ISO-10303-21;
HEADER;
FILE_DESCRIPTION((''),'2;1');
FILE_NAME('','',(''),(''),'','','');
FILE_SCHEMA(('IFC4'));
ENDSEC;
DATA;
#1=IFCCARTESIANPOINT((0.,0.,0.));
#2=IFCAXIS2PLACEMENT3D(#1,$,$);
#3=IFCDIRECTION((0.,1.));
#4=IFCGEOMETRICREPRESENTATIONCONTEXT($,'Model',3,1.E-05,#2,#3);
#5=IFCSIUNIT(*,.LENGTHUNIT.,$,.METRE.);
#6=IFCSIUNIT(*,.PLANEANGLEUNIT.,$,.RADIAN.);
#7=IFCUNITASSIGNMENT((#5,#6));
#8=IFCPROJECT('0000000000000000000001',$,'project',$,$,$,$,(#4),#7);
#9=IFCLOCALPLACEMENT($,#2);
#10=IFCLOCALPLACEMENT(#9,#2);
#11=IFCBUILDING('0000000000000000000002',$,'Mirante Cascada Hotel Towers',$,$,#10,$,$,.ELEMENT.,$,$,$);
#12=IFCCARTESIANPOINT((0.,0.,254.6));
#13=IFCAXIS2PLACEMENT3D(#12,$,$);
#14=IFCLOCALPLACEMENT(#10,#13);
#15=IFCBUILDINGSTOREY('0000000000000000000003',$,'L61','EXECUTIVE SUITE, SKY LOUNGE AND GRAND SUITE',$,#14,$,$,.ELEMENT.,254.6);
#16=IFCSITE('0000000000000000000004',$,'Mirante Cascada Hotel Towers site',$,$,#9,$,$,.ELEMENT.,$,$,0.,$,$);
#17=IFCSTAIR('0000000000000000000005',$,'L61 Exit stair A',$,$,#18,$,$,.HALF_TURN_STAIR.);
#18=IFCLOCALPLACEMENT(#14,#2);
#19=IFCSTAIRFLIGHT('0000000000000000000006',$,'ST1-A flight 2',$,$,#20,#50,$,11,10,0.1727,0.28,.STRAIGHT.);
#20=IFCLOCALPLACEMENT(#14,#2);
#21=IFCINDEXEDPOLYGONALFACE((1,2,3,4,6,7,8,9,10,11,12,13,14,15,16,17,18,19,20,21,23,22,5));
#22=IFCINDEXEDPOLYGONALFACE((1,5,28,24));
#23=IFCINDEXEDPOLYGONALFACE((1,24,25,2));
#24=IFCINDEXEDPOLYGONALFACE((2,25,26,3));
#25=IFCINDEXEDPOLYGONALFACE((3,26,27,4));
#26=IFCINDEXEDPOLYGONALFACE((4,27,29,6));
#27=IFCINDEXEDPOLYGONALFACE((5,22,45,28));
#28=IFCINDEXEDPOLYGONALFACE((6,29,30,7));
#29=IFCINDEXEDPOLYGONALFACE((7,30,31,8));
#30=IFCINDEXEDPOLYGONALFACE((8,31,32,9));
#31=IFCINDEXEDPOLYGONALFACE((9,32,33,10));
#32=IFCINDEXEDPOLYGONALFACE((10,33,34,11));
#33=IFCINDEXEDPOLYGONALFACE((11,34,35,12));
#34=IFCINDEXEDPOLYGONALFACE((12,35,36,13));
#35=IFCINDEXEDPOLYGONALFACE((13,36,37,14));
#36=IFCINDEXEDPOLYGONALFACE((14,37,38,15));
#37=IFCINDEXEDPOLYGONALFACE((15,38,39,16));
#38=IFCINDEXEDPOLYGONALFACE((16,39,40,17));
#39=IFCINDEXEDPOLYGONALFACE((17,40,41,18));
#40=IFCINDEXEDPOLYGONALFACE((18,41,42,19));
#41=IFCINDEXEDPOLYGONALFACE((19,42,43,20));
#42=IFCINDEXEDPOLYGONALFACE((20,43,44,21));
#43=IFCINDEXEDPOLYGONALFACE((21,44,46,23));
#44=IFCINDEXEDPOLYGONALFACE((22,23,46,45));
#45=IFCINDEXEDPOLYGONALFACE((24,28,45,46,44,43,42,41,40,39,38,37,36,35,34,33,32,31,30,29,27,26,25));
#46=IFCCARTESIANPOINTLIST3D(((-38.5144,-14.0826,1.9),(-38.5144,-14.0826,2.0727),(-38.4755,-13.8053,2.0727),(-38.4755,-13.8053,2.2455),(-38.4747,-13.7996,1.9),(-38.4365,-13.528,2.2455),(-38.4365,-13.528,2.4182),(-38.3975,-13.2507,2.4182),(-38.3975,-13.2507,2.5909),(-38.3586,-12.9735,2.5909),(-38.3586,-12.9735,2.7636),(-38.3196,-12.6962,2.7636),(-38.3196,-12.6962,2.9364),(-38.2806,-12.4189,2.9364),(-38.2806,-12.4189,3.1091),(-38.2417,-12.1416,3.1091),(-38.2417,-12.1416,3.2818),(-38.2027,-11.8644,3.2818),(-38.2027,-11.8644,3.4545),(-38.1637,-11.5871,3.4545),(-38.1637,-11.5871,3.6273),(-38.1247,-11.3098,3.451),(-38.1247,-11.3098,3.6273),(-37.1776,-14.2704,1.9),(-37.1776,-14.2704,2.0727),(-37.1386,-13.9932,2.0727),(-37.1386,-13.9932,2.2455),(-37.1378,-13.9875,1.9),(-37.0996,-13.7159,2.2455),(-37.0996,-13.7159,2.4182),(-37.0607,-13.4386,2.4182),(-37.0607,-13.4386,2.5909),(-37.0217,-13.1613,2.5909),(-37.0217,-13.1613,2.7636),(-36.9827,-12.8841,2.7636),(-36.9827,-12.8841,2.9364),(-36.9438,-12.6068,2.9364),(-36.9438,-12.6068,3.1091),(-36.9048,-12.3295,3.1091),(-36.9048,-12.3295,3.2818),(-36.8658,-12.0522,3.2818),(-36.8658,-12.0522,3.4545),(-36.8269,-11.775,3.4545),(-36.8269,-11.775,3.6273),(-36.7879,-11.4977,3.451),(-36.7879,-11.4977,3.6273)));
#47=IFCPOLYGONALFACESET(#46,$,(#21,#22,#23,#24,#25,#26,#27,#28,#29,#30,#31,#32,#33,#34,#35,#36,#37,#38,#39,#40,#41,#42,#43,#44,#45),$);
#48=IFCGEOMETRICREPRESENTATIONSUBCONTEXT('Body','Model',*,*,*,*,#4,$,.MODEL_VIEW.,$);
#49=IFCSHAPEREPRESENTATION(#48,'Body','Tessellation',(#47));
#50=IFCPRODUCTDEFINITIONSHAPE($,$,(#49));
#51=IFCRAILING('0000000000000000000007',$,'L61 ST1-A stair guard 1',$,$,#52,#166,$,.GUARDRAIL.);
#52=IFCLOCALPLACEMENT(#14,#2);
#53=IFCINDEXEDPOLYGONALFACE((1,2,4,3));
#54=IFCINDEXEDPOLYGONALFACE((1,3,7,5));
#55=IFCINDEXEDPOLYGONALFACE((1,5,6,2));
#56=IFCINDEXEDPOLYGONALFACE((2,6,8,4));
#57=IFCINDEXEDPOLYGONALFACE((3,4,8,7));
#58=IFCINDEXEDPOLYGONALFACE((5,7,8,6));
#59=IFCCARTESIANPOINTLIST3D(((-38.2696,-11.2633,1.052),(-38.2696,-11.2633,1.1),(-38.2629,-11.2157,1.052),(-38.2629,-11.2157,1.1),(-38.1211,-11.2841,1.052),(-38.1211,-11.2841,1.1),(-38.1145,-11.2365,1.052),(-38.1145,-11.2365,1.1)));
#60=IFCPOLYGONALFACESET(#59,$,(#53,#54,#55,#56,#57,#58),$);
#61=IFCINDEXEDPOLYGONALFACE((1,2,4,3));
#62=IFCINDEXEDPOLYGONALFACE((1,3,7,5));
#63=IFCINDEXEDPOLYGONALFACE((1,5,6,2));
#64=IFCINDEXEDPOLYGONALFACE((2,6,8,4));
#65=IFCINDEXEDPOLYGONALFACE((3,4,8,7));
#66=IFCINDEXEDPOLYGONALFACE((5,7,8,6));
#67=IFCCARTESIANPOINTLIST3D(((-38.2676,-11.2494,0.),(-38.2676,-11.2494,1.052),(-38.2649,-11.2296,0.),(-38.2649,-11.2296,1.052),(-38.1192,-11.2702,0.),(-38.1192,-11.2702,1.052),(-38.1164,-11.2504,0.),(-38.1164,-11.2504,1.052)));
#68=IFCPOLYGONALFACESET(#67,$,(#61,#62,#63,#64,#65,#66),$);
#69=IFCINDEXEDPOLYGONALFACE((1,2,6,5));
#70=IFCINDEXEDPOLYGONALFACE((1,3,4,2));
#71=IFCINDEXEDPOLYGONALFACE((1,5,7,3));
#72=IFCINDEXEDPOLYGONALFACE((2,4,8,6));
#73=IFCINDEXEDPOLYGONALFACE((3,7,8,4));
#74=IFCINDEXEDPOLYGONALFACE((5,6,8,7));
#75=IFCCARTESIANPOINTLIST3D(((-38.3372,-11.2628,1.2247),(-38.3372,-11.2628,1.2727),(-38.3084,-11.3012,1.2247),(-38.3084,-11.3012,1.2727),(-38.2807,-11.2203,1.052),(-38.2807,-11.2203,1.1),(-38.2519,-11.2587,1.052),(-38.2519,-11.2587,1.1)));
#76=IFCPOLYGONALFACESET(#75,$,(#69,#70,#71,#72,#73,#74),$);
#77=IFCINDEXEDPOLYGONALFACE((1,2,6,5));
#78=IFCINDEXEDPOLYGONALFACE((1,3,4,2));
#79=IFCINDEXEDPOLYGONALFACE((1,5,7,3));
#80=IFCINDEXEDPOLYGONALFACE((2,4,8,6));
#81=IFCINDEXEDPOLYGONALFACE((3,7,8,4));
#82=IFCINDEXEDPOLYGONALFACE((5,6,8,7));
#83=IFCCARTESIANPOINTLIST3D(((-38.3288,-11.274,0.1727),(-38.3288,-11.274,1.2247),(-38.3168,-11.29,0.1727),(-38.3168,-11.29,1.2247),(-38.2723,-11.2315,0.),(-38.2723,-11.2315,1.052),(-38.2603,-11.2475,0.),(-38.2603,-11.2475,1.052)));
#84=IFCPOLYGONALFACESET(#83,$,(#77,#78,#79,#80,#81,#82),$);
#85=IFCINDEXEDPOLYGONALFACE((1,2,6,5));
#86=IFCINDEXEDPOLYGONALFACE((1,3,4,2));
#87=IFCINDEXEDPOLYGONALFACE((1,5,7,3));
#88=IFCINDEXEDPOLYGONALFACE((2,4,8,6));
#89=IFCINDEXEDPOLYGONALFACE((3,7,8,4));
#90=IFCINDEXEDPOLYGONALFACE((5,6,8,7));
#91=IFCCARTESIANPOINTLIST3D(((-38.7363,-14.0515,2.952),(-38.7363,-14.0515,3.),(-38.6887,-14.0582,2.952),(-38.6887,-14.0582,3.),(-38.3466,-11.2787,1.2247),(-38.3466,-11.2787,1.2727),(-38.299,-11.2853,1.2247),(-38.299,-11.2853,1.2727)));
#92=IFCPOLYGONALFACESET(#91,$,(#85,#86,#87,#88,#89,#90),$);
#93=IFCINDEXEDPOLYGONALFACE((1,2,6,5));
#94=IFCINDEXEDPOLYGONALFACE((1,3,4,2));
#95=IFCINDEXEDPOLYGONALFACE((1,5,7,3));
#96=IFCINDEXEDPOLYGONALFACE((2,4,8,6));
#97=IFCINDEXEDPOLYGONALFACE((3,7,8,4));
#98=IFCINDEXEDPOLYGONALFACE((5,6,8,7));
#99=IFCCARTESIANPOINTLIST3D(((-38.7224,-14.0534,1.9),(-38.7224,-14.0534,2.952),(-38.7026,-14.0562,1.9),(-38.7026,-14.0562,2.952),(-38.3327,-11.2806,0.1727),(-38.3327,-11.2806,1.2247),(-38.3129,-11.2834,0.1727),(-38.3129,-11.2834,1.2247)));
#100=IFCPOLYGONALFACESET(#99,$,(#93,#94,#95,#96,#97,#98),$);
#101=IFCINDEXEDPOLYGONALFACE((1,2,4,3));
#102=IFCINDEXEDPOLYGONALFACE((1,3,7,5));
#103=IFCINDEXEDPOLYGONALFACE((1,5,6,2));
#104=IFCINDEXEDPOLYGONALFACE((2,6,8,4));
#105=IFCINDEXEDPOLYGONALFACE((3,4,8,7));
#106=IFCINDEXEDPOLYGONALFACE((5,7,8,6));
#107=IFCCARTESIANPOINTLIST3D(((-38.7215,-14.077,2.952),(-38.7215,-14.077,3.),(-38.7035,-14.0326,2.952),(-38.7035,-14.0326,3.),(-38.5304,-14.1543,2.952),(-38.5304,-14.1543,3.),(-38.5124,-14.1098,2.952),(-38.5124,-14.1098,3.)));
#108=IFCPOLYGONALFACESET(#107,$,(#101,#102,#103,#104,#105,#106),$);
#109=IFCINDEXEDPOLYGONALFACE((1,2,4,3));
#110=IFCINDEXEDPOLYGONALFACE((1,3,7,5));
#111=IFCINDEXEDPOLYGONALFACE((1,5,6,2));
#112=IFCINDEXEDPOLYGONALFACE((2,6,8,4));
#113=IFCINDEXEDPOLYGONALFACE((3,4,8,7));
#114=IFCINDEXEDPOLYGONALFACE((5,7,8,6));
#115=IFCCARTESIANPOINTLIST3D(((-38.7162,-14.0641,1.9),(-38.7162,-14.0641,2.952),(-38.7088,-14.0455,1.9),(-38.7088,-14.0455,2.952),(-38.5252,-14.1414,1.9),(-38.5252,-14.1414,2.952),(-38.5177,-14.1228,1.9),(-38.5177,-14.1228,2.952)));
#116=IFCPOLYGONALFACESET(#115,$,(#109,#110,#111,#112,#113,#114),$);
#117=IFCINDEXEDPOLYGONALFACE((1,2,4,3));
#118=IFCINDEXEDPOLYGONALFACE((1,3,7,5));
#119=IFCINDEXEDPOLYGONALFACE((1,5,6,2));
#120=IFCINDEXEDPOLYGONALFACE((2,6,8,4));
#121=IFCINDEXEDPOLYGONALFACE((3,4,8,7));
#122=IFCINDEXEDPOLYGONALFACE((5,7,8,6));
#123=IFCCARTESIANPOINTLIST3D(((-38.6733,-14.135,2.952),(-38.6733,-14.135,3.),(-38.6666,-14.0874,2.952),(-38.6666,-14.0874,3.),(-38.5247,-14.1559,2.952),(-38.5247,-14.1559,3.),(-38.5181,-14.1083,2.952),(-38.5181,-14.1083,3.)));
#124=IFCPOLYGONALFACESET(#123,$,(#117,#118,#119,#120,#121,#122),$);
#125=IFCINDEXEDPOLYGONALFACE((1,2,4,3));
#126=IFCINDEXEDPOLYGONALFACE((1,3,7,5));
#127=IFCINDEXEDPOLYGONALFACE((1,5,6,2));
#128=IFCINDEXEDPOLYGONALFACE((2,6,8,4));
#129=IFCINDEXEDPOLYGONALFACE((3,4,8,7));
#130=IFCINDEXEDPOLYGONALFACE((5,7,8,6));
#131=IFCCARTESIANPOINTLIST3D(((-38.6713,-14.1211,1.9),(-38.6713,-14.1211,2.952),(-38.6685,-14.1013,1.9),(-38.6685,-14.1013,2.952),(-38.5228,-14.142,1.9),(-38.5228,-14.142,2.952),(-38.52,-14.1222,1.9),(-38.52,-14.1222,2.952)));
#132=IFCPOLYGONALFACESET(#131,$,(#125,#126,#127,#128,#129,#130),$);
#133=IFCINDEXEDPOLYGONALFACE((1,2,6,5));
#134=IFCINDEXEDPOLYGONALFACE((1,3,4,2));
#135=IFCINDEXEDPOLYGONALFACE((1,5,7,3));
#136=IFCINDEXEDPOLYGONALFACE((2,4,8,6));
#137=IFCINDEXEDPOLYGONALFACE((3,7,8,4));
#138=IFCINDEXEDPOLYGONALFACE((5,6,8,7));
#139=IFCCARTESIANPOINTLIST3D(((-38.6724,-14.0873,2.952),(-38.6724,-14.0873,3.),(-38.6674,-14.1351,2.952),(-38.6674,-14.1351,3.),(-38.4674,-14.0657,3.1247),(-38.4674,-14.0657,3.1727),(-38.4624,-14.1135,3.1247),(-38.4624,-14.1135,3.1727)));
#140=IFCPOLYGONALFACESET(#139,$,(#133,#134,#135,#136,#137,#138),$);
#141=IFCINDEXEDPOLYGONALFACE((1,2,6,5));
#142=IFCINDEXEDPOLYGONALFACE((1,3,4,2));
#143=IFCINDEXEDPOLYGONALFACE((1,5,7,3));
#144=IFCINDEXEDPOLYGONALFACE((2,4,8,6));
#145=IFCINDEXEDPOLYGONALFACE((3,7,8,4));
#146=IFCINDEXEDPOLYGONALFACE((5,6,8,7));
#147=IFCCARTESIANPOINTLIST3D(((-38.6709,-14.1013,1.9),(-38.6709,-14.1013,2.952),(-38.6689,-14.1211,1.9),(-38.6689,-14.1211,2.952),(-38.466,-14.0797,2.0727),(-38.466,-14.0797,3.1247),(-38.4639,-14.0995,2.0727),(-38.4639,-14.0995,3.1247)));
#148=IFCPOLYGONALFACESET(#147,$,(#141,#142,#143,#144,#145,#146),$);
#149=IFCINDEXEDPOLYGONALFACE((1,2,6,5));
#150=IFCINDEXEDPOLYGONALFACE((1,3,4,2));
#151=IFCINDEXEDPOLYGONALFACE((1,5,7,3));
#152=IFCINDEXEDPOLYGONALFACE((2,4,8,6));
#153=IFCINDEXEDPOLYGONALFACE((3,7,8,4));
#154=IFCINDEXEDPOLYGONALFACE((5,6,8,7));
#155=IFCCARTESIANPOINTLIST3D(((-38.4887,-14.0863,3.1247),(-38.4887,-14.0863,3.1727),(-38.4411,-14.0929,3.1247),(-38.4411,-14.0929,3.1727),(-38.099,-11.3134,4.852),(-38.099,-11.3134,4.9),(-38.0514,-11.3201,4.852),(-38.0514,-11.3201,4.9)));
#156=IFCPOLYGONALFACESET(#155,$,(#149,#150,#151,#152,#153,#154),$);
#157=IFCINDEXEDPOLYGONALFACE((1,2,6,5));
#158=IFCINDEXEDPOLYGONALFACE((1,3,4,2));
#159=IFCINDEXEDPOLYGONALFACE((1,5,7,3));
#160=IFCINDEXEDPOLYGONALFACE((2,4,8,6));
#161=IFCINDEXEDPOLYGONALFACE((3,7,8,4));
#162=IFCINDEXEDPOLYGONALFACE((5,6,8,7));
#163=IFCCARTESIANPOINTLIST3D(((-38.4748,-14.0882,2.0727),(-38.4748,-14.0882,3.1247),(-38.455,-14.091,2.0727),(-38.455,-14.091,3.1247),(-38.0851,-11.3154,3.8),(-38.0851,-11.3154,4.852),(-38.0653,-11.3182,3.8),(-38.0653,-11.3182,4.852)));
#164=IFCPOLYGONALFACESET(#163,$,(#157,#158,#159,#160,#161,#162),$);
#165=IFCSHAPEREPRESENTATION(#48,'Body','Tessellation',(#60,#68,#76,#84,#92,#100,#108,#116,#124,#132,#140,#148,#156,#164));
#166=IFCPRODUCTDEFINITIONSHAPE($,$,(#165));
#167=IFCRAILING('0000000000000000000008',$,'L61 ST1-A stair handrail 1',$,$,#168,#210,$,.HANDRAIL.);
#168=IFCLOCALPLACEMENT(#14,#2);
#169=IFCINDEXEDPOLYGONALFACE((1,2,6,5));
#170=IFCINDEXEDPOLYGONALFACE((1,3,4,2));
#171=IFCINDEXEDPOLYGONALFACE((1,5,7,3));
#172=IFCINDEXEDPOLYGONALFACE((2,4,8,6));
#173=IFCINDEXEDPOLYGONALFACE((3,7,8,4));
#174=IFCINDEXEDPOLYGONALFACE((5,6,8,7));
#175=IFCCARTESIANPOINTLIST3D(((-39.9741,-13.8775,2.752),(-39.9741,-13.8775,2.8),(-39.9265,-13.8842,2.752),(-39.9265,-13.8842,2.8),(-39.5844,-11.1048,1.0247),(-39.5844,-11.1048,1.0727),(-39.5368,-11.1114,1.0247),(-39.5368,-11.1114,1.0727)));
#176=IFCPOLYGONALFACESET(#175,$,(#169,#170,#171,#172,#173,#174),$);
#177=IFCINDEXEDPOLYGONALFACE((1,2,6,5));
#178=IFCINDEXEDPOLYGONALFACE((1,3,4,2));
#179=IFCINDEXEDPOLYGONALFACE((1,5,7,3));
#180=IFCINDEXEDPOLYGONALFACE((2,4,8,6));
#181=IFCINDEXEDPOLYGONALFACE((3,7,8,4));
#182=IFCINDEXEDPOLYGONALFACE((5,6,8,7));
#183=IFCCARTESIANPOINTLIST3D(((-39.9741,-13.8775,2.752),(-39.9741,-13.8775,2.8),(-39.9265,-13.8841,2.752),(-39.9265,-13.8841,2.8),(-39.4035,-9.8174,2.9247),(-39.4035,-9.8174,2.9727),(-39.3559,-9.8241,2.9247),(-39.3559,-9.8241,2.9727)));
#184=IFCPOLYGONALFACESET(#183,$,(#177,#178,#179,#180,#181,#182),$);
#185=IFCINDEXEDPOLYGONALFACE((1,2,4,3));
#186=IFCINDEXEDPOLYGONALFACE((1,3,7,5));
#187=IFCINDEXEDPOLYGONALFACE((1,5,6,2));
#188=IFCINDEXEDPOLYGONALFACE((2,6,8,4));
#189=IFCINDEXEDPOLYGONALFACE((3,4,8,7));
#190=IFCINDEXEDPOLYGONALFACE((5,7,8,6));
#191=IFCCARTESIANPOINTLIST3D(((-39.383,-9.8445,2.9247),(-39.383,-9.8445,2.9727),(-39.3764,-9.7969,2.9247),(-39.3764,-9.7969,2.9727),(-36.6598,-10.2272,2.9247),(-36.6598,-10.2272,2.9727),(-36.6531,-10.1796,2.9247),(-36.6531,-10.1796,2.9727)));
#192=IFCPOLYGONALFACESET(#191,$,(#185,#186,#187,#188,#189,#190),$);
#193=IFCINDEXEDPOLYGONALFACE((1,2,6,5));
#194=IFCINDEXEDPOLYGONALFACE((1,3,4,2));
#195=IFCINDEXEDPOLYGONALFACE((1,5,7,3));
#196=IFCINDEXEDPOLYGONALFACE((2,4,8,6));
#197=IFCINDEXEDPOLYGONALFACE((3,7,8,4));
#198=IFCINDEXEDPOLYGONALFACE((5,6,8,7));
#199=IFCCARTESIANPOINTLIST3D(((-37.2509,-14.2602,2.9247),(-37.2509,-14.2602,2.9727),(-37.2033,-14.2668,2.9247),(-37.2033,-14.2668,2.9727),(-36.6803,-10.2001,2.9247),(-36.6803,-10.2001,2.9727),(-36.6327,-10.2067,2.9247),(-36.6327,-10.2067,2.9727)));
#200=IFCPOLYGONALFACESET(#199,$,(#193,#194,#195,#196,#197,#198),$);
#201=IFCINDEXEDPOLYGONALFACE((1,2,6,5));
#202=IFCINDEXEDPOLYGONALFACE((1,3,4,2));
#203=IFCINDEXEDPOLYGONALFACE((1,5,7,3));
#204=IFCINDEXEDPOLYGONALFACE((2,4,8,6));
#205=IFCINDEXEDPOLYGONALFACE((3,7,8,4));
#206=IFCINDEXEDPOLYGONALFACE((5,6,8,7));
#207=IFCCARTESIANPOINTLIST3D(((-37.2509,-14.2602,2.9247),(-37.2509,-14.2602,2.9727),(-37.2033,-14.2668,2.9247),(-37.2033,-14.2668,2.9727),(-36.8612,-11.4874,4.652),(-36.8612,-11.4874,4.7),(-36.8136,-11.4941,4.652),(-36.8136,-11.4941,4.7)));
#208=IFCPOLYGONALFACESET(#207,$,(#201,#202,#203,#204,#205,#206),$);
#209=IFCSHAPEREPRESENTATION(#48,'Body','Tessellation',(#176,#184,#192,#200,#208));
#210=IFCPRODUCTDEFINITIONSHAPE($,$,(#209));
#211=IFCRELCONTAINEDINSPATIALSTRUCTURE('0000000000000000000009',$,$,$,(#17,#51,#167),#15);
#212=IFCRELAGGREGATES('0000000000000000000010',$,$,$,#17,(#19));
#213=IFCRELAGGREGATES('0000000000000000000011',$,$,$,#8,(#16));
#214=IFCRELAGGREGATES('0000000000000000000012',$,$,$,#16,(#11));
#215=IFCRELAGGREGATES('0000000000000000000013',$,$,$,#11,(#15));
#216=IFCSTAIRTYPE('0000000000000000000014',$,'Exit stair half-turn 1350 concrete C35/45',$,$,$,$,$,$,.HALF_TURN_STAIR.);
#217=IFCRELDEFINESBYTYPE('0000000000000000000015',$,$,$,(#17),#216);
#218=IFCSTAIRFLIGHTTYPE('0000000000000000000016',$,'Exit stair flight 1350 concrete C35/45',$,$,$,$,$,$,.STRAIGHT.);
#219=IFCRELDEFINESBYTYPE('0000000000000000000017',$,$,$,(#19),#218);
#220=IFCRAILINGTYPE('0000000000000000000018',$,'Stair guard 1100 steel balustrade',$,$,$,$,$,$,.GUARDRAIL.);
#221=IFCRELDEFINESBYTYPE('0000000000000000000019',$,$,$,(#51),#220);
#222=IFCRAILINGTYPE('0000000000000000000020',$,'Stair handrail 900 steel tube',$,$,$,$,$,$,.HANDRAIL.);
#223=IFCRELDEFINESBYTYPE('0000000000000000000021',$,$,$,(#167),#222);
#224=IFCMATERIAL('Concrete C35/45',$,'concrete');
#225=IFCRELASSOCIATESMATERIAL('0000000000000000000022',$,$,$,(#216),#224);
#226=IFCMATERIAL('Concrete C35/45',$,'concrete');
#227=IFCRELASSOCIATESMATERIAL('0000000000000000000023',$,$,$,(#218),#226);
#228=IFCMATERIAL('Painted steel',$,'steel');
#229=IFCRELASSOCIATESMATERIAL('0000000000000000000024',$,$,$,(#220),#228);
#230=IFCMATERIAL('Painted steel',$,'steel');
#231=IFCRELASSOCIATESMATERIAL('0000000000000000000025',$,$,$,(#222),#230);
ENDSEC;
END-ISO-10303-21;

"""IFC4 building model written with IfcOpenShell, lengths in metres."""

from ifc_helpers import new_model, si_unit, direction, frame, origin, origin_2d, place, context, subcontext, project, spatial, polyline, rectangle, outline, extrude, material, type_object, element, aggregate, save


model = new_model("IFC4")

# Units and contexts
model_context = context("Model", 3, precision=1e-05, world=origin(), true_north=direction((0.0, 1.0)))
body_context = subcontext(model_context, "Body", "Model", "MODEL_VIEW")
ifc_project = project(units=[si_unit("LENGTHUNIT", "METRE"), si_unit("PLANEANGLEUNIT", "RADIAN")], contexts=[model_context])

# Site, building, storey
site_placement = place(None, origin())
site = spatial("IfcSite", under=ifc_project, at=site_placement, Name="Mirante Cascada Hotel Towers site", CompositionType="ELEMENT", RefElevation=0.0)
building_placement = place(site_placement, origin())
building = spatial("IfcBuilding", under=site, at=building_placement, Name="Mirante Cascada Hotel Towers", CompositionType="ELEMENT")
storey_placement = place(building_placement, frame((0.0, 0.0, 254.6)))
storey = spatial("IfcBuildingStorey", under=building, at=storey_placement, Name="L61", Description="EXECUTIVE SUITE, SKY LOUNGE AND GRAND SUITE", CompositionType="ELEMENT", Elevation=254.6)

# Stair, stair flight
ifc_material_1 = material(Name="Concrete C35/45", Category="concrete")
stair_type = type_object("IfcStairType", Name="Exit stair half-turn 1350 concrete C35/45", PredefinedType="HALF_TURN_STAIR", material=ifc_material_1)
stair_placement = place(storey_placement, origin())
stair = element("IfcStair", 1, at=stair_placement, inside=storey, type_object=stair_type, Name="L61 Exit stair A", PredefinedType="HALF_TURN_STAIR")
ifc_material_2 = material(Name="Concrete C35/45", Category="concrete")
stair_flight_type = type_object("IfcStairFlightType", Name="Exit stair flight 1350 concrete C35/45", PredefinedType="STRAIGHT", material=ifc_material_2)
stair_flight_1_placement = place(storey_placement, frame((-37.846, -14.1765, 1.9), z_axis=(0.0, 0.0, 1.0), x_axis=(0.139173, 0.990268, 0.0)))
stair_flight_1 = element("IfcStairFlight", 2, at=stair_flight_1_placement, type_object=stair_flight_type, Name="ST1-A flight 2", NumberOfRisers=11, NumberOfTreads=10, PredefinedType="STRAIGHT", RiserHeight=0.1727, TreadLength=0.28, context=body_context, shape_type="SweptSolid", body=[
    extrude(outline(polyline([(0.0, 0.0), (0.0, 0.1727), (0.28, 0.1727), (0.28, 0.3455), (0.56, 0.3455), (0.56, 0.5182), (0.84, 0.5182), (0.84, 0.6909), (1.12, 0.6909), (1.12, 0.8636), (1.4, 0.8636), (1.4, 1.0364), (1.68, 1.0364), (1.68, 1.2091), (1.96, 1.2091), (1.96, 1.3818), (2.24, 1.3818), (2.24, 1.5545), (2.52, 1.5545), (2.52, 1.7273), (2.8, 1.7273), (2.8, 1.9), (2.8, 1.551), (0.2857, 0.0), (0.0, 0.0)])), frame((0.0, 0.675, 0.0), z_axis=(0.0, -1.0, 0.0), x_axis=(1.0, 0.0, 0.0)), (0.0, 0.0, 1.0), 1.35),
])
aggregate(stair, [stair_flight_1])

# Railings
ifc_material_3 = material(Name="Painted steel", Category="steel")
railing_type_1 = type_object("IfcRailingType", Name="Stair guard 1100 steel balustrade", PredefinedType="GUARDRAIL", material=ifc_material_3)
railing_1_placement = place(storey_placement, frame((-38.1178, -11.2603, 0.0)))
element("IfcRailing", 3, at=railing_1_placement, inside=storey, type_object=railing_type_1, Name="L61 ST1-A stair guard 1", PredefinedType="GUARDRAIL", context=body_context, shape_type="SweptSolid", body=[
    extrude(rectangle(XDim=0.048, YDim=0.048, at=origin_2d()), frame((0.0, 0.0, 1.076), z_axis=(-0.990333, 0.138713, 0.0), x_axis=(-0.138713, -0.990333, 0.0)), (0.0, 0.0, 1.0), 0.1499),
    extrude(rectangle(XDim=0.02, YDim=1.052, at=origin_2d()), frame((0.0, 0.0, 0.526), z_axis=(-0.990333, 0.138713, 0.0), x_axis=(-0.138713, -0.990333, 0.0)), (0.0, 0.0, 1.0), 0.1499),
    extrude(rectangle(XDim=0.048, YDim=0.048, at=origin_2d()), frame((-0.1485, 0.0208, 1.076), z_axis=(-0.79915, -0.601131, 0.0), x_axis=(0.601131, -0.79915, 0.0)), (0.0, 0.925453, 0.378863), 0.1866),
    extrude(rectangle(XDim=0.02, YDim=1.052, at=origin_2d()), frame((-0.1485, 0.0208, 0.526), z_axis=(-0.79915, -0.601131, 0.0), x_axis=(0.601131, -0.79915, 0.0)), (0.0, 0.925453, 0.378863), 0.1866),
    extrude(rectangle(XDim=0.048, YDim=0.048, at=origin_2d()), frame((-0.205, -0.0217, 1.2487), z_axis=(-0.139176, -0.990268, 0.0), x_axis=(0.990268, -0.139176, 0.0)), (0.0, 0.525021, 0.851089), 3.29),
    extrude(rectangle(XDim=0.02, YDim=1.052, at=origin_2d()), frame((-0.205, -0.0217, 0.6987), z_axis=(-0.139176, -0.990268, 0.0), x_axis=(0.990268, -0.139176, 0.0)), (0.0, 0.525021, 0.851089), 3.29),
    extrude(rectangle(XDim=0.048, YDim=0.048, at=origin_2d()), frame((-0.5947, -2.7945, 2.976), z_axis=(0.927031, -0.374984, 0.0), x_axis=(0.374984, 0.927031, 0.0)), (0.0, 0.0, 1.0), 0.2061),
    extrude(rectangle(XDim=0.02, YDim=1.052, at=origin_2d()), frame((-0.5947, -2.7945, 2.426), z_axis=(0.927031, -0.374984, 0.0), x_axis=(0.374984, 0.927031, 0.0)), (0.0, 0.0, 1.0), 0.2061),
    extrude(rectangle(XDim=0.048, YDim=0.048, at=origin_2d()), frame((-0.4036, -2.8718, 2.976), z_axis=(-0.990241, 0.139367, 0.0), x_axis=(-0.139367, -0.990241, 0.0)), (0.0, 0.0, 1.0), 0.15),
    extrude(rectangle(XDim=0.02, YDim=1.052, at=origin_2d()), frame((-0.4036, -2.8718, 2.426), z_axis=(-0.990241, 0.139367, 0.0), x_axis=(-0.139367, -0.990241, 0.0)), (0.0, 0.0, 1.0), 0.15),
    extrude(rectangle(XDim=0.048, YDim=0.048, at=origin_2d()), frame((-0.5521, -2.8509, 2.976), z_axis=(0.994495, 0.104786, 0.0), x_axis=(-0.104786, 0.994495, 0.0)), (0.0, 0.642203, 0.766534), 0.2689),
    extrude(rectangle(XDim=0.02, YDim=1.052, at=origin_2d()), frame((-0.5521, -2.8509, 2.426), z_axis=(0.994495, 0.104786, 0.0), x_axis=(-0.104786, 0.994495, 0.0)), (0.0, 0.642203, 0.766534), 0.2689),
    extrude(rectangle(XDim=0.048, YDim=0.048, at=origin_2d()), frame((-0.3471, -2.8293, 3.1487), z_axis=(0.139176, 0.990268, 0.0), x_axis=(-0.990268, 0.139176, 0.0)), (0.0, 0.525021, 0.851089), 3.29),
    extrude(rectangle(XDim=0.02, YDim=1.052, at=origin_2d()), frame((-0.3471, -2.8293, 2.5987), z_axis=(0.139176, 0.990268, 0.0), x_axis=(-0.990268, 0.139176, 0.0)), (0.0, 0.525021, 0.851089), 3.29),
])
ifc_material_4 = material(Name="Painted steel", Category="steel")
railing_type_2 = type_object("IfcRailingType", Name="Stair handrail 900 steel tube", PredefinedType="HANDRAIL", material=ifc_material_4)
railing_2_placement = place(storey_placement, frame((-39.5606, -11.1081, 0.1727)))
element("IfcRailing", 4, at=railing_2_placement, inside=storey, type_object=railing_type_2, Name="L61 ST1-A stair handrail 1", PredefinedType="HANDRAIL", context=body_context, shape_type="SweptSolid", body=[
    extrude(rectangle(XDim=0.048, YDim=0.048, at=origin_2d()), frame((0.0, 0.0, 0.876), z_axis=(-0.139181, -0.990267, 0.0), x_axis=(0.990267, -0.139181, 0.0)), (0.0, 0.525035, 0.851081), 3.2899),
    extrude(rectangle(XDim=0.048, YDim=0.048, at=origin_2d()), frame((-0.3897, -2.7727, 2.6033), z_axis=(0.139171, 0.990268, 0.0), x_axis=(-0.990268, 0.139171, 0.0)), (0.0, 0.042085, 0.999114), 4.1036),
    extrude(rectangle(XDim=0.048, YDim=0.048, at=origin_2d()), frame((0.1809, 1.2874, 2.776), z_axis=(0.990269, -0.139166, 0.0), x_axis=(0.139166, 0.990269, 0.0)), (0.0, 0.0, 1.0), 2.75),
    extrude(rectangle(XDim=0.048, YDim=0.048, at=origin_2d()), frame((2.9041, 0.9047, 2.776), z_axis=(-0.139171, -0.990268, 0.0), x_axis=(0.990268, -0.139171, 0.0)), (0.0, 0.0, 1.0), 4.1),
    extrude(rectangle(XDim=0.048, YDim=0.048, at=origin_2d()), frame((2.3335, -3.1554, 2.776), z_axis=(0.139181, 0.990267, 0.0), x_axis=(-0.990267, 0.139181, 0.0)), (0.0, 0.525035, 0.851081), 3.2899),
])

save(model, "model.ifc")
